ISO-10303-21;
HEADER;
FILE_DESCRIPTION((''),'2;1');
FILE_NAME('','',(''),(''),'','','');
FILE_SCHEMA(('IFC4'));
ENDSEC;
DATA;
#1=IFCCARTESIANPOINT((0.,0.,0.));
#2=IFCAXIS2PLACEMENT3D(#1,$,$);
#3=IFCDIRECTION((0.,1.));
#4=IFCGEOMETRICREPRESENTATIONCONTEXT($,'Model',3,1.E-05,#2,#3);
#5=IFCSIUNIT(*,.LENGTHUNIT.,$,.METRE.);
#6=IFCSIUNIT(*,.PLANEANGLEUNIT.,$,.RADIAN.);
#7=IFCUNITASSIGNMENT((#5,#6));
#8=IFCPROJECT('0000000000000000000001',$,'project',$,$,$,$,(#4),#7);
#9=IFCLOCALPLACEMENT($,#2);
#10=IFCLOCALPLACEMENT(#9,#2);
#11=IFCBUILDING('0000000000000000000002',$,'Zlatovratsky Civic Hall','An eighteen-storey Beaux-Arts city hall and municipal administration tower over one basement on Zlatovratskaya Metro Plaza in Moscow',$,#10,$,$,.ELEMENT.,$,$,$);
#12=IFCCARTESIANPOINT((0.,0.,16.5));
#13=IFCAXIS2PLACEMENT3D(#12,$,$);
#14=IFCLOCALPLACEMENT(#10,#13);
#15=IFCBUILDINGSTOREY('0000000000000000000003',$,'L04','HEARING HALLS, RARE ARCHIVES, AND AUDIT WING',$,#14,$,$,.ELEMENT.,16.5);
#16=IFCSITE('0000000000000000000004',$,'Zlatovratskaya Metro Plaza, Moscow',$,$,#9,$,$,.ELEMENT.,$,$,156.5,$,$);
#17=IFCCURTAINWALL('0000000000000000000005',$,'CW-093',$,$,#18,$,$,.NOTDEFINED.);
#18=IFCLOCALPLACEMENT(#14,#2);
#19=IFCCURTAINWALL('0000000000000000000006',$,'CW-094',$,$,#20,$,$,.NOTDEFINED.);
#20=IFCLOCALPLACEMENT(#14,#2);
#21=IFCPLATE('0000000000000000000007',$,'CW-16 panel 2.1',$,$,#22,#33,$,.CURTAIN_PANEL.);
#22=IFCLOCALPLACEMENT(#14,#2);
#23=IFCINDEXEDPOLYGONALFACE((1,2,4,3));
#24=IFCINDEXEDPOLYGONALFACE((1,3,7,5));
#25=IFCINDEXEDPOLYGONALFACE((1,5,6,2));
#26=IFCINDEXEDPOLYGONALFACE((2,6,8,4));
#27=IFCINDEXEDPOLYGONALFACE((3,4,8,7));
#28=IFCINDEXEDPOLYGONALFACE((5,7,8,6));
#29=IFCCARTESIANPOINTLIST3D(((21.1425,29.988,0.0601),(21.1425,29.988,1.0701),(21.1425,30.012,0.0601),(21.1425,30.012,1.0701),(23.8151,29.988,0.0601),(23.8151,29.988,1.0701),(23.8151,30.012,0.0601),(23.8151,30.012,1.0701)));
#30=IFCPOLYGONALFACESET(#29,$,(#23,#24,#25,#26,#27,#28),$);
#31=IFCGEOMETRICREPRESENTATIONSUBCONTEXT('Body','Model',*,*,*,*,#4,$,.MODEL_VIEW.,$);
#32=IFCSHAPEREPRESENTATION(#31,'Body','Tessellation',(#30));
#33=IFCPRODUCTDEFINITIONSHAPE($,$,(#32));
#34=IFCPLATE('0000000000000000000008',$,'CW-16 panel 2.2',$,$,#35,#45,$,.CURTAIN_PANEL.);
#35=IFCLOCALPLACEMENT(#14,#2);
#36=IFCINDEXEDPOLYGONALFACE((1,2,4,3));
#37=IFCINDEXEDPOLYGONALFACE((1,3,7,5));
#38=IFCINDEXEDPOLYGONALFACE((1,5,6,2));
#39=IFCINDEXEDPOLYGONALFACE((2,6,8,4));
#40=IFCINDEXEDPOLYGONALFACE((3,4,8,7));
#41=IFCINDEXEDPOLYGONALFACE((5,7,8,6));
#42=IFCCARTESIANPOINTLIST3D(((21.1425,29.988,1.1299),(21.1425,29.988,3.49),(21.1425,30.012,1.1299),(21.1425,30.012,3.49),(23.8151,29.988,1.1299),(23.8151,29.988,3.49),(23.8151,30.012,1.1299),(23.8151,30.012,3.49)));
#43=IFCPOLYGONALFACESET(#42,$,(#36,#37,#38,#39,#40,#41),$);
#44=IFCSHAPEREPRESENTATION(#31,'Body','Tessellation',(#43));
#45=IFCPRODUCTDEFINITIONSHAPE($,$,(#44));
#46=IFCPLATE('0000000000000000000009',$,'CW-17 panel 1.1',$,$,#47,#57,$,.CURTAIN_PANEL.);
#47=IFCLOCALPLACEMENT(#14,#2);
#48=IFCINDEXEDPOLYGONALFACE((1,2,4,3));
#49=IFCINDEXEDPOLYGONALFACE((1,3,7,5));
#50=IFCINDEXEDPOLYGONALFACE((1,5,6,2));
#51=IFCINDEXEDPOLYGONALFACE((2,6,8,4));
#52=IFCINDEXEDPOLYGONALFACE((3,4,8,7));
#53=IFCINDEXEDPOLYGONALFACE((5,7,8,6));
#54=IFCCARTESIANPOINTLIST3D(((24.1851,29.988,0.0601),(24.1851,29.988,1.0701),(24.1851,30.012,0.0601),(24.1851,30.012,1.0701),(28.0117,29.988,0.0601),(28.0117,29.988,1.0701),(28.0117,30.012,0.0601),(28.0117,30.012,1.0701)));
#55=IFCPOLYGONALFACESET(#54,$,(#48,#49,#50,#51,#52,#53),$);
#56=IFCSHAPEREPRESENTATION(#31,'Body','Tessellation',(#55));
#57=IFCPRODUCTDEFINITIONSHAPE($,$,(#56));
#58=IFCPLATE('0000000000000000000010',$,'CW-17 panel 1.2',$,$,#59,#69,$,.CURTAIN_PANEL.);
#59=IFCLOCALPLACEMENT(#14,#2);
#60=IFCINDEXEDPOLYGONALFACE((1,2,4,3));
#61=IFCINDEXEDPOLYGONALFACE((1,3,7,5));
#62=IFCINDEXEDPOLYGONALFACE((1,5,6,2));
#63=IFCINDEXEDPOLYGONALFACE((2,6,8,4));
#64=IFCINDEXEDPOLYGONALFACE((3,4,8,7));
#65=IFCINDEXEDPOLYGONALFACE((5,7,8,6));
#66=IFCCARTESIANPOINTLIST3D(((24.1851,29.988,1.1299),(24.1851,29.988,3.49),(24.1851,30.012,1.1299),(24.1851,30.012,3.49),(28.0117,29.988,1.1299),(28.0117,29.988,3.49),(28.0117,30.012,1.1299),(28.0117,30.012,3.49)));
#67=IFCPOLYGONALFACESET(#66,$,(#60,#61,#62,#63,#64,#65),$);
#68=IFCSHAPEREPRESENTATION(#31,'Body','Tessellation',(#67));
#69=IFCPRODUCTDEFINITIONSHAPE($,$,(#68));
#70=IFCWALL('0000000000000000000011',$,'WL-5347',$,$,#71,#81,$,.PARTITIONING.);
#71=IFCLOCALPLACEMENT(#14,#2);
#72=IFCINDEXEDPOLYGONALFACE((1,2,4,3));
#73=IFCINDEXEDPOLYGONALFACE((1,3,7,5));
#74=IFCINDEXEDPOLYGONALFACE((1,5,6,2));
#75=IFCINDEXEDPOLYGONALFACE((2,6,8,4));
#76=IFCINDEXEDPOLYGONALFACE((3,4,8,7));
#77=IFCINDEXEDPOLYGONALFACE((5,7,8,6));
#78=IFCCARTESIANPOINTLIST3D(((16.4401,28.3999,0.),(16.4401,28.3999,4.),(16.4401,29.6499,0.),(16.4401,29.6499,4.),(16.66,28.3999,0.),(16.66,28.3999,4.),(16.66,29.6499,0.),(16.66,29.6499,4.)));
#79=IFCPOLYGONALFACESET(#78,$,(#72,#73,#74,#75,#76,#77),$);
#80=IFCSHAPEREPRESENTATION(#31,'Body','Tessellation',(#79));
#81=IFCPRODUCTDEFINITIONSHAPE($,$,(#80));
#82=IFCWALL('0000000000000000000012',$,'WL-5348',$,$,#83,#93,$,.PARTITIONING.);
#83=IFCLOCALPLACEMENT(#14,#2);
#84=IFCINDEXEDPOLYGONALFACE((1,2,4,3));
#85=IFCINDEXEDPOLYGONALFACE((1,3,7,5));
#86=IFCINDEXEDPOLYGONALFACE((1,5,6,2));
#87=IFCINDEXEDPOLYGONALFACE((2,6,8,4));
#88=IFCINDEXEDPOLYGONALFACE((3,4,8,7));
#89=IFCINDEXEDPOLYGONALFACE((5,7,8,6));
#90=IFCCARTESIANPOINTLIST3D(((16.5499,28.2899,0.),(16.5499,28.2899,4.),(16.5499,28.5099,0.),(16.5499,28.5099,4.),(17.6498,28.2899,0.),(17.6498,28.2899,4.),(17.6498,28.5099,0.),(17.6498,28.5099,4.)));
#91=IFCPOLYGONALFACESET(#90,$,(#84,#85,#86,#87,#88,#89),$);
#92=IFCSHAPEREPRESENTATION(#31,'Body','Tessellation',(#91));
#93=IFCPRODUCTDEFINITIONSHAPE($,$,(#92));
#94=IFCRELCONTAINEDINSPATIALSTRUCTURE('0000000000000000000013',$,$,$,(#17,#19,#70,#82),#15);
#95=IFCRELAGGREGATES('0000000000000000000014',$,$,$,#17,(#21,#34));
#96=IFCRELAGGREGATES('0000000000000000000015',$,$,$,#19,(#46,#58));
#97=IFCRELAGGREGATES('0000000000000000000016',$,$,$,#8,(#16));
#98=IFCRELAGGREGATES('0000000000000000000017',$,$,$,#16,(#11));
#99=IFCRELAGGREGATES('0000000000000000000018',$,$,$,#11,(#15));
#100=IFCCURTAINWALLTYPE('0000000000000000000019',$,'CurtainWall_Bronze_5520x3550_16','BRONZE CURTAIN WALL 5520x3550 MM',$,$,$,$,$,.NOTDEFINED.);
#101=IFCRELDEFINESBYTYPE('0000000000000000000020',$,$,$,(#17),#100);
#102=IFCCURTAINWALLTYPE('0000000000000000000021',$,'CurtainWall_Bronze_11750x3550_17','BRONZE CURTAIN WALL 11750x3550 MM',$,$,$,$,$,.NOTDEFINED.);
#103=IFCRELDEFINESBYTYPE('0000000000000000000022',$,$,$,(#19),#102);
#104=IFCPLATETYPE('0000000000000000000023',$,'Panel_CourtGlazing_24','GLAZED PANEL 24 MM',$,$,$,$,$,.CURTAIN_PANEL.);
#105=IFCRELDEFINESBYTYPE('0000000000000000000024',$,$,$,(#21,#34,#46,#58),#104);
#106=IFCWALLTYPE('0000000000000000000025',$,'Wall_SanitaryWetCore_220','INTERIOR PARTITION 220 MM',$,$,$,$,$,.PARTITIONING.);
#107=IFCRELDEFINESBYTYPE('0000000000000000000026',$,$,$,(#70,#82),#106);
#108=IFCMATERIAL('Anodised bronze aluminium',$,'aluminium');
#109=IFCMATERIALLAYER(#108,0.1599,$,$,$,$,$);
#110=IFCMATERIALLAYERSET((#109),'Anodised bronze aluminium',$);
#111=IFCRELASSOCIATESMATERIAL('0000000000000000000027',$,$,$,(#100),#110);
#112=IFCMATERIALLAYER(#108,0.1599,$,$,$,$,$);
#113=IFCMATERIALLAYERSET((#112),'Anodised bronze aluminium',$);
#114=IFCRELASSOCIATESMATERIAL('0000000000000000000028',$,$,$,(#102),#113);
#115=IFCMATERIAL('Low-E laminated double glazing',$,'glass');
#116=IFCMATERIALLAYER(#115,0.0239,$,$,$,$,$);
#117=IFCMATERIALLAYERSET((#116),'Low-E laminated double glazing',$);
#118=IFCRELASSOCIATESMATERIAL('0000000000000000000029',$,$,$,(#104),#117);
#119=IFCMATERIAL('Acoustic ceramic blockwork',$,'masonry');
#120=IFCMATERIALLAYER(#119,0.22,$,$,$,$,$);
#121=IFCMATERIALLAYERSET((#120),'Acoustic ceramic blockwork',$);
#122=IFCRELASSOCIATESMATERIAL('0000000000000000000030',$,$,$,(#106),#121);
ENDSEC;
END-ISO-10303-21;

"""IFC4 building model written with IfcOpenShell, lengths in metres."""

from ifc_helpers import new_model, si_unit, direction, frame, frame_2d, origin, origin_2d, place, context, subcontext, project, spatial, rectangle, extrude, material, layer, layer_set, type_object, element, aggregate, save


model = new_model("IFC4")

# Units and contexts
model_context = context("Model", 3, precision=1e-05, world=origin(), true_north=direction((0.0, 1.0)))
body_context = subcontext(model_context, "Body", "Model", "MODEL_VIEW")
ifc_project = project(units=[si_unit("LENGTHUNIT", "METRE"), si_unit("PLANEANGLEUNIT", "RADIAN")], contexts=[model_context])

# Site, building, storey
site_placement = place(None, origin())
site = spatial("IfcSite", under=ifc_project, at=site_placement, Name="Zlatovratskaya Metro Plaza, Moscow", CompositionType="ELEMENT", RefElevation=156.5)
building_placement = place(site_placement, origin())
building = spatial("IfcBuilding", under=site, at=building_placement, Name="Zlatovratsky Civic Hall", Description="An eighteen-storey Beaux-Arts city hall and municipal administration tower over one basement on Zlatovratskaya Metro Plaza in Moscow", CompositionType="ELEMENT")
storey_placement = place(building_placement, frame((0.0, 0.0, 16.5)))
storey = spatial("IfcBuildingStorey", under=building, at=storey_placement, Name="L04", Description="HEARING HALLS, RARE ARCHIVES, AND AUDIT WING", CompositionType="ELEMENT", Elevation=16.5)

# Curtain wall
ifc_material_1 = material(Name="Anodised bronze aluminium", Category="aluminium")
ifc_layer_1 = layer(ifc_material_1, 0.1599)
ifc_layer_set_1 = layer_set([ifc_layer_1], Name="Anodised bronze aluminium")
curtain_wall_type_1 = type_object("IfcCurtainWallType", Name="CurtainWall_Bronze_5520x3550_16", Description="BRONZE CURTAIN WALL 5520x3550 MM", PredefinedType="NOTDEFINED", material=ifc_layer_set_1)
curtain_wall_1_placement = place(storey_placement, origin())
curtain_wall_1 = element("IfcCurtainWall", 1, at=curtain_wall_1_placement, inside=storey, type_object=curtain_wall_type_1, Name="CW-093", PredefinedType="NOTDEFINED")

# Curtain wall
ifc_layer_2 = layer(ifc_material_1, 0.1599)
ifc_layer_set_2 = layer_set([ifc_layer_2], Name="Anodised bronze aluminium")
curtain_wall_type_2 = type_object("IfcCurtainWallType", Name="CurtainWall_Bronze_11750x3550_17", Description="BRONZE CURTAIN WALL 11750x3550 MM", PredefinedType="NOTDEFINED", material=ifc_layer_set_2)
curtain_wall_2_placement = place(storey_placement, origin())
curtain_wall_2 = element("IfcCurtainWall", 2, at=curtain_wall_2_placement, inside=storey, type_object=curtain_wall_type_2, Name="CW-094", PredefinedType="NOTDEFINED")

# Plates
ifc_material_2 = material(Name="Low-E laminated double glazing", Category="glass")
ifc_layer_3 = layer(ifc_material_2, 0.0239)
ifc_layer_set_3 = layer_set([ifc_layer_3], Name="Low-E laminated double glazing")
plate_type = type_object("IfcPlateType", Name="Panel_CourtGlazing_24", Description="GLAZED PANEL 24 MM", PredefinedType="CURTAIN_PANEL", material=ifc_layer_set_3)
plate_1_placement = place(storey_placement, frame((22.4788, 30.0, 0.0601), z_axis=(0.0, 0.0, 1.0), x_axis=(1.0, 0.0, 0.0)))
plate_1 = element("IfcPlate", 3, at=plate_1_placement, type_object=plate_type, Name="CW-16 panel 2.1", PredefinedType="CURTAIN_PANEL", context=body_context, shape_type="SweptSolid", body=[
    extrude(rectangle(XDim=2.6726, YDim=0.0239, at=origin_2d()), origin(), (0.0, 0.0, 1.0), 1.01),
])
plate_2_placement = place(storey_placement, frame((22.4788, 30.0, 1.1299), z_axis=(0.0, 0.0, 1.0), x_axis=(1.0, 0.0, 0.0)))
plate_2 = element("IfcPlate", 4, at=plate_2_placement, type_object=plate_type, Name="CW-16 panel 2.2", PredefinedType="CURTAIN_PANEL", context=body_context, shape_type="SweptSolid", body=[
    extrude(rectangle(XDim=2.6726, YDim=0.0239, at=origin_2d()), origin(), (0.0, 0.0, 1.0), 2.3601),
])
aggregate(curtain_wall_1, [plate_1, plate_2])
plate_3_placement = place(storey_placement, frame((26.0984, 30.0, 0.0601), z_axis=(0.0, 0.0, 1.0), x_axis=(1.0, 0.0, 0.0)))
plate_3 = element("IfcPlate", 5, at=plate_3_placement, type_object=plate_type, Name="CW-17 panel 1.1", PredefinedType="CURTAIN_PANEL", context=body_context, shape_type="SweptSolid", body=[
    extrude(rectangle(XDim=3.8267, YDim=0.0239, at=origin_2d()), origin(), (0.0, 0.0, 1.0), 1.01),
])
plate_4_placement = place(storey_placement, frame((26.0984, 30.0, 1.1299), z_axis=(0.0, 0.0, 1.0), x_axis=(1.0, 0.0, 0.0)))
plate_4 = element("IfcPlate", 6, at=plate_4_placement, type_object=plate_type, Name="CW-17 panel 1.2", PredefinedType="CURTAIN_PANEL", context=body_context, shape_type="SweptSolid", body=[
    extrude(rectangle(XDim=3.8267, YDim=0.0239, at=origin_2d()), origin(), (0.0, 0.0, 1.0), 2.3601),
])
aggregate(curtain_wall_2, [plate_3, plate_4])

# Walls
ifc_material_3 = material(Name="Acoustic ceramic blockwork", Category="masonry")
ifc_layer_4 = layer(ifc_material_3, 0.22)
ifc_layer_set_4 = layer_set([ifc_layer_4], Name="Acoustic ceramic blockwork")
wall_type = type_object("IfcWallType", Name="Wall_SanitaryWetCore_220", Description="INTERIOR PARTITION 220 MM", PredefinedType="PARTITIONING", material=ifc_layer_set_4)
wall_1_placement = place(storey_placement, frame((16.55, 28.3999, 0.0), z_axis=(0.0, 0.0, 1.0), x_axis=(0.0, 1.0, 0.0)))
element("IfcWall", 7, at=wall_1_placement, inside=storey, type_object=wall_type, Name="WL-5347", PredefinedType="PARTITIONING", context=body_context, shape_type="SweptSolid", body=[
    extrude(rectangle(XDim=1.25, YDim=0.22, at=frame_2d((0.625, 0.0))), origin(), (0.0, 0.0, 1.0), 4.0),
])
wall_2_placement = place(storey_placement, frame((16.55, 28.3999, 0.0), z_axis=(0.0, 0.0, 1.0), x_axis=(1.0, 0.0, 0.0)))
element("IfcWall", 8, at=wall_2_placement, inside=storey, type_object=wall_type, Name="WL-5348", PredefinedType="PARTITIONING", context=body_context, shape_type="SweptSolid", body=[
    extrude(rectangle(XDim=1.0999, YDim=0.22, at=frame_2d((0.5498, 0.0))), origin(), (0.0, 0.0, 1.0), 4.0),
])

save(model, "model.ifc")
